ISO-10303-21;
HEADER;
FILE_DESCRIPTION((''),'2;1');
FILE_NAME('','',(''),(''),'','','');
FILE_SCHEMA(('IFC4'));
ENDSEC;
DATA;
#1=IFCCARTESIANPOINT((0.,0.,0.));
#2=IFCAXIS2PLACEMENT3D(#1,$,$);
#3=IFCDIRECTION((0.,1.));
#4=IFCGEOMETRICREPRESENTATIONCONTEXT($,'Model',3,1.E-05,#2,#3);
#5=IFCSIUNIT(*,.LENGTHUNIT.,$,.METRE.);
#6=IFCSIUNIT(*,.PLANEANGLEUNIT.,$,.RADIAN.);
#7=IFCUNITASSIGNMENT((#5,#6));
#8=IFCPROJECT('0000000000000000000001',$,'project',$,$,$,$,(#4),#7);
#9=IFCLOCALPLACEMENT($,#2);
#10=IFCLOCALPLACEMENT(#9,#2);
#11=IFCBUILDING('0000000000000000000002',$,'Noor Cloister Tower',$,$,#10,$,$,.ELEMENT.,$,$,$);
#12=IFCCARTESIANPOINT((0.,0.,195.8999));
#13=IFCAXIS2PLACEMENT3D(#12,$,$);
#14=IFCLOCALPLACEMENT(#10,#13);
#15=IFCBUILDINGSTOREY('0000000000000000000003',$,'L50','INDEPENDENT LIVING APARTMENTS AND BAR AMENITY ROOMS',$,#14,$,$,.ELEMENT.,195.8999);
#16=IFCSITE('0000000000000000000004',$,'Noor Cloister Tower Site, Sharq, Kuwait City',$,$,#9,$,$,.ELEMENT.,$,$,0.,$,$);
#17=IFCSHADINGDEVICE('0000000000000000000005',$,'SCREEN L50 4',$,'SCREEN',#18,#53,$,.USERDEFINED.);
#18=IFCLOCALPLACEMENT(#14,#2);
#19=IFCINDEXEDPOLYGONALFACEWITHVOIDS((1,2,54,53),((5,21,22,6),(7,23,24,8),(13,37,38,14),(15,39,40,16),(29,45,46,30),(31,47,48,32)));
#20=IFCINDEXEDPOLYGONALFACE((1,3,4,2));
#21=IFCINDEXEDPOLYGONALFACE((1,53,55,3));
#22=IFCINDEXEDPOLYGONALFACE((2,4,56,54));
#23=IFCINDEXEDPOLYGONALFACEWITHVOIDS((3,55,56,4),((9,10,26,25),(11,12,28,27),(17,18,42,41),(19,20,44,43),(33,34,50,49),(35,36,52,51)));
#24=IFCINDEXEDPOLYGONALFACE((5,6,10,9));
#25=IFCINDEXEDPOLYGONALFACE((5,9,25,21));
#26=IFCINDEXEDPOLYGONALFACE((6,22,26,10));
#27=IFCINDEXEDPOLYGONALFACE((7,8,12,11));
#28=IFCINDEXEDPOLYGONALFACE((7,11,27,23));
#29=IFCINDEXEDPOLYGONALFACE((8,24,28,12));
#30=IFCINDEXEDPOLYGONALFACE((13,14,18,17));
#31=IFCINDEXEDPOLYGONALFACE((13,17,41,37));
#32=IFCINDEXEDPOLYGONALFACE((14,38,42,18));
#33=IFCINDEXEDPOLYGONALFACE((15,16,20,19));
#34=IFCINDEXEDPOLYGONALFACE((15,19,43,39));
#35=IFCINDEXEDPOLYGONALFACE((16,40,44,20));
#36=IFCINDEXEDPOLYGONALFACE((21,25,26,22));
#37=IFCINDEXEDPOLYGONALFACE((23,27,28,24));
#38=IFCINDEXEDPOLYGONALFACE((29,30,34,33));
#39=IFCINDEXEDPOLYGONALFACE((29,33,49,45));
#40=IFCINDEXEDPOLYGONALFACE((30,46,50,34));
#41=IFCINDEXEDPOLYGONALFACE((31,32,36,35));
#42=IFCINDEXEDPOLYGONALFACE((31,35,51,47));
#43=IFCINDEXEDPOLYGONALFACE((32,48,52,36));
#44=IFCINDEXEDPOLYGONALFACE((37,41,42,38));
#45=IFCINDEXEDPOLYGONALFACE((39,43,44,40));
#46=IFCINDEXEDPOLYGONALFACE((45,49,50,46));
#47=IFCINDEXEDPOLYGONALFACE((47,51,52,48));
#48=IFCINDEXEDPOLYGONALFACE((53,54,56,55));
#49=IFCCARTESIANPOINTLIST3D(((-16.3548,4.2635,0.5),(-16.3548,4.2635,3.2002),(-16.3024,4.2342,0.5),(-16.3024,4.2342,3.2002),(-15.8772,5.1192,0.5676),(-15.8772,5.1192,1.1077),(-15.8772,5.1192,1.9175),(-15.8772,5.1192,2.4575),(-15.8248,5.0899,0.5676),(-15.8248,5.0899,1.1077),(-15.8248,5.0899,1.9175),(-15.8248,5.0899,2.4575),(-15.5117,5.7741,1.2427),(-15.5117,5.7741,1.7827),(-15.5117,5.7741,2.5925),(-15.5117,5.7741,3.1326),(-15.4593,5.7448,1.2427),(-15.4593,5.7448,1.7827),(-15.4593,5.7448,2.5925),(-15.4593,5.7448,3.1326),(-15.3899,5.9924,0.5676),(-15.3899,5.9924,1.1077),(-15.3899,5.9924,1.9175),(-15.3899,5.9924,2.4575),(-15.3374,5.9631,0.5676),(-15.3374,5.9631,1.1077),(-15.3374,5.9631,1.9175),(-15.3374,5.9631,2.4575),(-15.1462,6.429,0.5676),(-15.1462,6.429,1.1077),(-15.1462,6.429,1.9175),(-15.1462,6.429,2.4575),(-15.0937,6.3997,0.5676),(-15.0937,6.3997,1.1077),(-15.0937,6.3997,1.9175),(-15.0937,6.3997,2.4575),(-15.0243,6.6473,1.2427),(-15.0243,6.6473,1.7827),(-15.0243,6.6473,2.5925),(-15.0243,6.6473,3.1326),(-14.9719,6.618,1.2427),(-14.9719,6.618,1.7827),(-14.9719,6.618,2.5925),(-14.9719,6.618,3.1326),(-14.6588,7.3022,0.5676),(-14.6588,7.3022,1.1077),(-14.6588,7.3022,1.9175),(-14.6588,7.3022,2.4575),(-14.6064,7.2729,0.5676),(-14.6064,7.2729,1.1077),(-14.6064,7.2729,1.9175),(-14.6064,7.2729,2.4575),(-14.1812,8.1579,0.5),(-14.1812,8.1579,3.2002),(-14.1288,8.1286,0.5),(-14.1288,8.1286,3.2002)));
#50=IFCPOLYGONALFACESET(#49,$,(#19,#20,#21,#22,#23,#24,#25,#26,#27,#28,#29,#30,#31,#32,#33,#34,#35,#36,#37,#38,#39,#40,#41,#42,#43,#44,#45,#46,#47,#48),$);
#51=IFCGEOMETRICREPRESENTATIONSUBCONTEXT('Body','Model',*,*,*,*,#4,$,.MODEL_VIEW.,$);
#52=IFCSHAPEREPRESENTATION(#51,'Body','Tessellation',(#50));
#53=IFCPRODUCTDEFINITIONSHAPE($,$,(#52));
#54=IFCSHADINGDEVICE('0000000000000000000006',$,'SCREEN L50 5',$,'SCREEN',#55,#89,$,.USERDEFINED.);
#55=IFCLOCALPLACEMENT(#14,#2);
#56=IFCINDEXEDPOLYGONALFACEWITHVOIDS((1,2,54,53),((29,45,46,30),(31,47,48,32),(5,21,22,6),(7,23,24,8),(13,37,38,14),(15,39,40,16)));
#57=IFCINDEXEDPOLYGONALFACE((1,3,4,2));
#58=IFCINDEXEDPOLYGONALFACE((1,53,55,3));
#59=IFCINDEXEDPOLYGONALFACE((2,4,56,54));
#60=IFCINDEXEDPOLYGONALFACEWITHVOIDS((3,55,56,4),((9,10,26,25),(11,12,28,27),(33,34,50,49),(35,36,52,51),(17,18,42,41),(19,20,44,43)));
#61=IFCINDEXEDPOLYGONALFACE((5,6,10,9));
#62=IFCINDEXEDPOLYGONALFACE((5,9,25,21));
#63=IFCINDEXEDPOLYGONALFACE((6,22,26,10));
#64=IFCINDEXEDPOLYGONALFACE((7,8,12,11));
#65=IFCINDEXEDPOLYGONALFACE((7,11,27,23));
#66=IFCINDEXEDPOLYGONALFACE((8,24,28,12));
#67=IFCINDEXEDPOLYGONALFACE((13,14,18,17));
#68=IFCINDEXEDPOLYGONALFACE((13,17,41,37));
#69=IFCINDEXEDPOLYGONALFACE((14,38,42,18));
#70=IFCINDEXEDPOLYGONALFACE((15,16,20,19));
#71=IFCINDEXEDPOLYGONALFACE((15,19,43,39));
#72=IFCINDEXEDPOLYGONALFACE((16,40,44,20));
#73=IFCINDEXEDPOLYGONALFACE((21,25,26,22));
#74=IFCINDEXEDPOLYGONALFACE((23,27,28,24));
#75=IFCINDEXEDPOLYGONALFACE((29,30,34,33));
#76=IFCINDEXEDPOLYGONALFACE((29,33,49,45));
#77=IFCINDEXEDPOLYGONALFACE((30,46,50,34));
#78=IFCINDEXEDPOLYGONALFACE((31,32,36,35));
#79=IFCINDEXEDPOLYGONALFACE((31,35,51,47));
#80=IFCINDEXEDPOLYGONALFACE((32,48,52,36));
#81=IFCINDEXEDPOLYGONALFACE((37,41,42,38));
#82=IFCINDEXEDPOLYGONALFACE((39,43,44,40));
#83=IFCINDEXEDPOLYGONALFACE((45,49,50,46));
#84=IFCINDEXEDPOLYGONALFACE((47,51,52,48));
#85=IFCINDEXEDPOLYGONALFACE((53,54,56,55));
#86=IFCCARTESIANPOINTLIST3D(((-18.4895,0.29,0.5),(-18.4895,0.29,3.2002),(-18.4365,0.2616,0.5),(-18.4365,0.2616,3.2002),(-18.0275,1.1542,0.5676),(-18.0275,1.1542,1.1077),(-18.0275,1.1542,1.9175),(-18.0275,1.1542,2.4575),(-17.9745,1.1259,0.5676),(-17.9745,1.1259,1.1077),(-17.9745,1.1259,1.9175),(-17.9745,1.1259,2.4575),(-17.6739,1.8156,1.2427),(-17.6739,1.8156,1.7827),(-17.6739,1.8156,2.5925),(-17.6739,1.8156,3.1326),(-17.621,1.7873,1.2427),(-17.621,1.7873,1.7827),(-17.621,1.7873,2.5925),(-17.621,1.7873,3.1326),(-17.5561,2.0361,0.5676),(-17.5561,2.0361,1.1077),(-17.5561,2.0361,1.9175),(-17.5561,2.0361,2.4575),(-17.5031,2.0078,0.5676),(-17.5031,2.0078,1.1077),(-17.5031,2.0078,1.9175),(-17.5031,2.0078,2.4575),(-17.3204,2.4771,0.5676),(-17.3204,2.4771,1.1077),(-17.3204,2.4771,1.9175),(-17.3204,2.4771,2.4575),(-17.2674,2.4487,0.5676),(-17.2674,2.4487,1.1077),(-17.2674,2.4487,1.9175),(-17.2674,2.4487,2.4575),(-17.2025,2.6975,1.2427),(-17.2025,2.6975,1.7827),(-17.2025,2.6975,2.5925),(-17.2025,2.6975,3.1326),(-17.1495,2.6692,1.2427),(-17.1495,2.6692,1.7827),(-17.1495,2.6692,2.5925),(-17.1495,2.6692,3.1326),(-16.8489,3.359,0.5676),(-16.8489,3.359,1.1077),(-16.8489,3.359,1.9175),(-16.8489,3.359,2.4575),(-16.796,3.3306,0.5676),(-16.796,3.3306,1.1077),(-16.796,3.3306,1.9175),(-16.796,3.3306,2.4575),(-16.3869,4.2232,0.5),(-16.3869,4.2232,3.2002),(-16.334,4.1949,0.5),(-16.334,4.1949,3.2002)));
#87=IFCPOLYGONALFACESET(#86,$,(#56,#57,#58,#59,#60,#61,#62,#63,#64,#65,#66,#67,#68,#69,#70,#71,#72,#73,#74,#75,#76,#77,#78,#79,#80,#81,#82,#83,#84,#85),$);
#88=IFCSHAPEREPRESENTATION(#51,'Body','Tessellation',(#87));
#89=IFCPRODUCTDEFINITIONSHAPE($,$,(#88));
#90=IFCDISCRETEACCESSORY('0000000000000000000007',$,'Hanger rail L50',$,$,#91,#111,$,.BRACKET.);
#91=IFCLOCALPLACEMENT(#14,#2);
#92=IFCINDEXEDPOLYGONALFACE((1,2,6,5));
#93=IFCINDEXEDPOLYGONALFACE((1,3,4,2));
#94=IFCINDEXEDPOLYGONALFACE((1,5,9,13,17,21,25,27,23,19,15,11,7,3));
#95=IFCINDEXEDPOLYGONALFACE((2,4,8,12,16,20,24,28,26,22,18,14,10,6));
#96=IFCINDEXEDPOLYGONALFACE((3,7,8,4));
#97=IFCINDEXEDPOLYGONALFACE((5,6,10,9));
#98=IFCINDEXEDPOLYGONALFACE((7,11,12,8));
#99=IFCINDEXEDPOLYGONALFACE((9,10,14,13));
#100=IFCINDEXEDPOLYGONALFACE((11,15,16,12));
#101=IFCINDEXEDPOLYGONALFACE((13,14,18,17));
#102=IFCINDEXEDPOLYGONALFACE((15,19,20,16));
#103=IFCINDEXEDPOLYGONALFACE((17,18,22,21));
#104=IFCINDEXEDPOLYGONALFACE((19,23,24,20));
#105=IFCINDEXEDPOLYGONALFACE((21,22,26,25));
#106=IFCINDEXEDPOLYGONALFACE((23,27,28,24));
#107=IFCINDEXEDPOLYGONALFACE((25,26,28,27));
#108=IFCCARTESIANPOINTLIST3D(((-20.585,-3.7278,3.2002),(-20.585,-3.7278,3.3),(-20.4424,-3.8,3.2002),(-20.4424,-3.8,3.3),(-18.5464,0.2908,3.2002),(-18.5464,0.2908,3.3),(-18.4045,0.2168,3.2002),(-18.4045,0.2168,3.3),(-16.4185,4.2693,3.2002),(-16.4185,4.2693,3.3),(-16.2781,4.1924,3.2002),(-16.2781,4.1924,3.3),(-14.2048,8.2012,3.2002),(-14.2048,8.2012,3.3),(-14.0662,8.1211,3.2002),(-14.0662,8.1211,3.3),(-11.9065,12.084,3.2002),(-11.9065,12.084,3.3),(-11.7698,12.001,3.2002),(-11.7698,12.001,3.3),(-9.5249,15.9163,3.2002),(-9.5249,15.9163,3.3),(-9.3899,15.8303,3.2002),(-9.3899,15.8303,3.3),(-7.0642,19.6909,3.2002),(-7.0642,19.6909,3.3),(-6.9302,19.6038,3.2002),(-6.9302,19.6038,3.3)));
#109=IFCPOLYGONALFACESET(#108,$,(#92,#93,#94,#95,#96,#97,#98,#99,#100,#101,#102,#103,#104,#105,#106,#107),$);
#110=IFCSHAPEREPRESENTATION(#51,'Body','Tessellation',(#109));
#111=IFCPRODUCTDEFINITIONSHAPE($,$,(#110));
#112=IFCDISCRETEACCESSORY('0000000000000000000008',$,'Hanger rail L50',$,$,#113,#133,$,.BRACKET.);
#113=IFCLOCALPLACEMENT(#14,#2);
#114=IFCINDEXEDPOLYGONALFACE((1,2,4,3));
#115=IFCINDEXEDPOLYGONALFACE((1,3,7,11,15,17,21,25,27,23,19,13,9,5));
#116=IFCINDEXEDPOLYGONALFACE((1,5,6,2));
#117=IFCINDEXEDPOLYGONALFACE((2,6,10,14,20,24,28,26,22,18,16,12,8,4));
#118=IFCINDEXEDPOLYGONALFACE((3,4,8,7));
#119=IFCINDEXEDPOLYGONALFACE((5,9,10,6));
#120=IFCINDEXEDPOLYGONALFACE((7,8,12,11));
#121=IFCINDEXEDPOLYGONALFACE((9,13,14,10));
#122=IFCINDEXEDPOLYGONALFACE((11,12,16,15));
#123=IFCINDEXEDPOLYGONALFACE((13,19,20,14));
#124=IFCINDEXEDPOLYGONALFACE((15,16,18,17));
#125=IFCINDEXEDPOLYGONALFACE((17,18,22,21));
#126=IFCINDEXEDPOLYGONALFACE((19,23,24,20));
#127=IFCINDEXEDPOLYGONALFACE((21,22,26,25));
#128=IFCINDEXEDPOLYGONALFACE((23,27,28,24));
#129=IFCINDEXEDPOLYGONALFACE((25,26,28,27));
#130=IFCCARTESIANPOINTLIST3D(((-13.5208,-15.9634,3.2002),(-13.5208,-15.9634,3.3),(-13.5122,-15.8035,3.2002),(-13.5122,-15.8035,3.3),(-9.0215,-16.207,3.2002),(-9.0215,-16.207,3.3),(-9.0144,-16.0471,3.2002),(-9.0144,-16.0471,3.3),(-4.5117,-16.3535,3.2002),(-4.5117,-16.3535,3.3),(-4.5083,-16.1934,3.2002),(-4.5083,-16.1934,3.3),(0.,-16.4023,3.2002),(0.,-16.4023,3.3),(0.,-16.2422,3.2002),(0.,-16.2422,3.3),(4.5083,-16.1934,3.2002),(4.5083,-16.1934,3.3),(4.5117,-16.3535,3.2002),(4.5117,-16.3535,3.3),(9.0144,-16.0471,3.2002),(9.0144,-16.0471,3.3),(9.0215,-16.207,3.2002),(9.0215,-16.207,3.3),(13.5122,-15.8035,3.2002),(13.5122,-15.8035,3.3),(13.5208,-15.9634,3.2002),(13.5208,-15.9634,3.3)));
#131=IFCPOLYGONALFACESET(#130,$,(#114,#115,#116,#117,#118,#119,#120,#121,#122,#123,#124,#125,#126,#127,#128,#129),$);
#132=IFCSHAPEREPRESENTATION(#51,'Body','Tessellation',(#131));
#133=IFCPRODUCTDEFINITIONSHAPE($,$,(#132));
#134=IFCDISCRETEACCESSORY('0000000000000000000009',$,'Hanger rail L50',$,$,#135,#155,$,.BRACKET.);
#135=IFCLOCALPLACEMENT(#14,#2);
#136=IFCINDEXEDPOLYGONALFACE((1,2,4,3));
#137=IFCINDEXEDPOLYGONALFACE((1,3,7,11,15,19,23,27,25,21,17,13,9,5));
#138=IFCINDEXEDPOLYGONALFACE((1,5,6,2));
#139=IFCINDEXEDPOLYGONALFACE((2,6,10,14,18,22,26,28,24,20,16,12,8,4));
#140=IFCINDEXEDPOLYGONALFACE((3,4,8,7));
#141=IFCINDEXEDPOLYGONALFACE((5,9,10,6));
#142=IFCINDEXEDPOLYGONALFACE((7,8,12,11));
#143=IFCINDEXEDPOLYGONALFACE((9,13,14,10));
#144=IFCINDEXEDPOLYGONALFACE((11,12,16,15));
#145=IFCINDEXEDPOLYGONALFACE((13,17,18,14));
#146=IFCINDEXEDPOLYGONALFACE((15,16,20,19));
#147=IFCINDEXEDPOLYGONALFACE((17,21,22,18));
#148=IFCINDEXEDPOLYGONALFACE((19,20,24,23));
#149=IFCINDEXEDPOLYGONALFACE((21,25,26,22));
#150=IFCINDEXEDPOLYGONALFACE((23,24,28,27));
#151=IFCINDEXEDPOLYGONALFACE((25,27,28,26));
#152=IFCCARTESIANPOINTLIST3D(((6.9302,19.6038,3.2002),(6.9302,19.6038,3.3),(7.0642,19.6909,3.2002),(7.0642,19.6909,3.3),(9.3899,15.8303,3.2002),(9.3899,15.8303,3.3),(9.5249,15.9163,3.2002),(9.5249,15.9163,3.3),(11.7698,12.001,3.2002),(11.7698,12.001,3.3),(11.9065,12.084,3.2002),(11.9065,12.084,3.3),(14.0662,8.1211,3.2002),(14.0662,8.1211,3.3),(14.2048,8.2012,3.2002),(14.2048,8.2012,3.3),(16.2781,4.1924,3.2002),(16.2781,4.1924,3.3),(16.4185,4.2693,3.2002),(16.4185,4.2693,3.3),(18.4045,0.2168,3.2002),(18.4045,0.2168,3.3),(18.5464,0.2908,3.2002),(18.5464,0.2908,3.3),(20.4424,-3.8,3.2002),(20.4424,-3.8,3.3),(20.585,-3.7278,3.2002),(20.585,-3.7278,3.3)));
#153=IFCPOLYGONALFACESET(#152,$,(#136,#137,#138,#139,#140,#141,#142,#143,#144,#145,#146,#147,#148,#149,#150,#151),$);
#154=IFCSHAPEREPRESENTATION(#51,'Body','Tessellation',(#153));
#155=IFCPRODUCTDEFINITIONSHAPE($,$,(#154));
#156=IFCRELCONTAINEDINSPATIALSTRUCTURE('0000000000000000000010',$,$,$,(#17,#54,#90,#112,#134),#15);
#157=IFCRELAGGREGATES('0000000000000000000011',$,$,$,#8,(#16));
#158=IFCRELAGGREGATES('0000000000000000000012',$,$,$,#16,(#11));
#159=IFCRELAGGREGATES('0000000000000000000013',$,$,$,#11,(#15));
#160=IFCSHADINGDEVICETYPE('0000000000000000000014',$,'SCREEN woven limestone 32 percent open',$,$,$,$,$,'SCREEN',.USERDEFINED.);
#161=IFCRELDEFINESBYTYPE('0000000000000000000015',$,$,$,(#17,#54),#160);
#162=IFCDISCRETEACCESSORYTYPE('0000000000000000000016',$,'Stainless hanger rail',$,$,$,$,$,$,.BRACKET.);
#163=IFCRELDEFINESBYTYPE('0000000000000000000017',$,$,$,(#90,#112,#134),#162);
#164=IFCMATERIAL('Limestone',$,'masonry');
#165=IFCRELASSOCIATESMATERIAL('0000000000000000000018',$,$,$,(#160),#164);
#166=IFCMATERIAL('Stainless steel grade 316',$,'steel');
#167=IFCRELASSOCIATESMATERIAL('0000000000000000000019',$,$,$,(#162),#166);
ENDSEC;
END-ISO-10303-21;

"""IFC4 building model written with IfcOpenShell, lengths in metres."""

from ifc_helpers import new_model, si_unit, direction, frame, origin, place, context, subcontext, project, spatial, polyline, outline, extrude, material, material_profile, profile_set, type_object, element, save


model = new_model("IFC4")

# Units and contexts
model_context = context("Model", 3, precision=1e-05, world=origin(), true_north=direction((0.0, 1.0)))
body_context = subcontext(model_context, "Body", "Model", "MODEL_VIEW")
ifc_project = project(units=[si_unit("LENGTHUNIT", "METRE"), si_unit("PLANEANGLEUNIT", "RADIAN")], contexts=[model_context])

# Site, building, storey
site_placement = place(None, origin())
site = spatial("IfcSite", under=ifc_project, at=site_placement, Name="Noor Cloister Tower Site, Sharq, Kuwait City", CompositionType="ELEMENT", RefElevation=0.0)
building_placement = place(site_placement, origin())
building = spatial("IfcBuilding", under=site, at=building_placement, Name="Noor Cloister Tower", CompositionType="ELEMENT")
storey_placement = place(building_placement, frame((0.0, 0.0, 195.8999)))
storey = spatial("IfcBuildingStorey", under=building, at=storey_placement, Name="L50", Description="INDEPENDENT LIVING APARTMENTS AND BAR AMENITY ROOMS", CompositionType="ELEMENT", Elevation=195.8999)

# Shading devices
ifc_material_1 = material(Name="Limestone", Category="masonry")
ifc_material_profile_1 = material_profile(ifc_material_1, outline(polyline([(-2.23, -1.3501), (2.23, -1.3501), (2.23, 1.3501), (-2.23, 1.3501), (-2.23, -1.3501)]), holes=[polyline([(-1.25, -1.2825), (-0.25, -1.2825), (-0.25, -0.7424), (-1.25, -0.7424), (-1.25, -1.2825)]), polyline([(0.25, -1.2825), (1.25, -1.2825), (1.25, -0.7424), (0.25, -0.7424), (0.25, -1.2825)]), polyline([(-0.5, -0.6074), (0.5, -0.6074), (0.5, -0.0674), (-0.5, -0.0674), (-0.5, -0.6074)]), polyline([(-1.25, 0.0674), (-0.25, 0.0674), (-0.25, 0.6074), (-1.25, 0.6074), (-1.25, 0.0674)]), polyline([(0.25, 0.0674), (1.25, 0.0674), (1.25, 0.6074), (0.25, 0.6074), (0.25, 0.0674)]), polyline([(-0.5, 0.7424), (0.5, 0.7424), (0.5, 1.2825), (-0.5, 1.2825), (-0.5, 0.7424)])]), Name="Woven screen 32 percent open")
ifc_profile_set_1 = profile_set([ifc_material_profile_1], Name="Limestone")
shading_device_type = type_object("IfcShadingDeviceType", Name="SCREEN woven limestone 32 percent open", ElementType="SCREEN", PredefinedType="USERDEFINED", material=ifc_profile_set_1)
for number, where, z_axis, x_axis, name in (
    (1, (-15.2156, 6.1814, 1.8501), (-0.873198, 0.487366, 0.0), (-0.487366, -0.873198, 0.0), "SCREEN L50 4"),
    (2, (-17.3853, 2.2283, 1.8501), (-0.881903, 0.471432, 0.0), (-0.471432, -0.881903, 0.0), "SCREEN L50 5"),
):
    element("IfcShadingDevice", number, at=place(storey_placement, frame(where, z_axis=z_axis, x_axis=x_axis)), inside=storey, type_object=shading_device_type, Name=name, ObjectType="SCREEN", PredefinedType="USERDEFINED", context=body_context, shape_type="SweptSolid", body=[
        extrude(outline(polyline([(-2.23, -1.3501), (2.23, -1.3501), (2.23, 1.3501), (-2.23, 1.3501), (-2.23, -1.3501)]), holes=[polyline([(-1.25, -1.2825), (-0.25, -1.2825), (-0.25, -0.7424), (-1.25, -0.7424), (-1.25, -1.2825)]), polyline([(0.25, -1.2825), (1.25, -1.2825), (1.25, -0.7424), (0.25, -0.7424), (0.25, -1.2825)]), polyline([(-0.5, -0.6074), (0.5, -0.6074), (0.5, -0.0674), (-0.5, -0.0674), (-0.5, -0.6074)]), polyline([(-1.25, 0.0674), (-0.25, 0.0674), (-0.25, 0.6074), (-1.25, 0.6074), (-1.25, 0.0674)]), polyline([(0.25, 0.0674), (1.25, 0.0674), (1.25, 0.6074), (0.25, 0.6074), (0.25, 0.0674)]), polyline([(-0.5, 0.7424), (0.5, 0.7424), (0.5, 1.2825), (-0.5, 1.2825), (-0.5, 0.7424)])]), origin(), (0.0, 0.0, 1.0), 0.0601),
    ])

# Discrete accessories
ifc_material_2 = material(Name="Stainless steel grade 316", Category="steel")
discrete_accessory_type = type_object("IfcDiscreteAccessoryType", Name="Stainless hanger rail", PredefinedType="BRACKET", material=ifc_material_2)
discrete_accessory_1_placement = place(storey_placement, frame((0.0, 0.0, 3.2002)))
element("IfcDiscreteAccessory", 3, at=discrete_accessory_1_placement, inside=storey, type_object=discrete_accessory_type, Name="Hanger rail L50", PredefinedType="BRACKET", context=body_context, shape_type="SweptSolid", body=[
    extrude(outline(polyline([(-7.0642, 19.6909), (-9.5249, 15.9163), (-11.9065, 12.084), (-14.2048, 8.2012), (-16.4185, 4.2693), (-18.5464, 0.2908), (-20.585, -3.7278), (-20.4424, -3.8), (-18.4045, 0.2168), (-16.2781, 4.1924), (-14.0662, 8.1211), (-11.7698, 12.001), (-9.3899, 15.8303), (-6.9302, 19.6038), (-7.0642, 19.6909)])), origin(), (0.0, 0.0, 1.0), 0.0999),
])
discrete_accessory_2_placement = place(storey_placement, frame((0.0, 0.0, 3.2002)))
element("IfcDiscreteAccessory", 4, at=discrete_accessory_2_placement, inside=storey, type_object=discrete_accessory_type, Name="Hanger rail L50", PredefinedType="BRACKET", context=body_context, shape_type="SweptSolid", body=[
    extrude(outline(polyline([(-13.5208, -15.9634), (-9.0215, -16.207), (-4.5117, -16.3535), (0.0, -16.4023), (4.5117, -16.3535), (9.0215, -16.207), (13.5208, -15.9634), (13.5122, -15.8035), (9.0144, -16.0471), (4.5083, -16.1934), (0.0, -16.2422), (-4.5083, -16.1934), (-9.0144, -16.0471), (-13.5122, -15.8035), (-13.5208, -15.9634)])), origin(), (0.0, 0.0, 1.0), 0.0999),
])
discrete_accessory_3_placement = place(storey_placement, frame((0.0, 0.0, 3.2002)))
element("IfcDiscreteAccessory", 5, at=discrete_accessory_3_placement, inside=storey, type_object=discrete_accessory_type, Name="Hanger rail L50", PredefinedType="BRACKET", context=body_context, shape_type="SweptSolid", body=[
    extrude(outline(polyline([(20.585, -3.7278), (18.5464, 0.2908), (16.4185, 4.2693), (14.2048, 8.2012), (11.9065, 12.084), (9.5249, 15.9163), (7.0642, 19.6909), (6.9302, 19.6038), (9.3899, 15.8303), (11.7698, 12.001), (14.0662, 8.1211), (16.2781, 4.1924), (18.4045, 0.2168), (20.4424, -3.8), (20.585, -3.7278)])), origin(), (0.0, 0.0, 1.0), 0.0999),
])

save(model, "model.ifc")
